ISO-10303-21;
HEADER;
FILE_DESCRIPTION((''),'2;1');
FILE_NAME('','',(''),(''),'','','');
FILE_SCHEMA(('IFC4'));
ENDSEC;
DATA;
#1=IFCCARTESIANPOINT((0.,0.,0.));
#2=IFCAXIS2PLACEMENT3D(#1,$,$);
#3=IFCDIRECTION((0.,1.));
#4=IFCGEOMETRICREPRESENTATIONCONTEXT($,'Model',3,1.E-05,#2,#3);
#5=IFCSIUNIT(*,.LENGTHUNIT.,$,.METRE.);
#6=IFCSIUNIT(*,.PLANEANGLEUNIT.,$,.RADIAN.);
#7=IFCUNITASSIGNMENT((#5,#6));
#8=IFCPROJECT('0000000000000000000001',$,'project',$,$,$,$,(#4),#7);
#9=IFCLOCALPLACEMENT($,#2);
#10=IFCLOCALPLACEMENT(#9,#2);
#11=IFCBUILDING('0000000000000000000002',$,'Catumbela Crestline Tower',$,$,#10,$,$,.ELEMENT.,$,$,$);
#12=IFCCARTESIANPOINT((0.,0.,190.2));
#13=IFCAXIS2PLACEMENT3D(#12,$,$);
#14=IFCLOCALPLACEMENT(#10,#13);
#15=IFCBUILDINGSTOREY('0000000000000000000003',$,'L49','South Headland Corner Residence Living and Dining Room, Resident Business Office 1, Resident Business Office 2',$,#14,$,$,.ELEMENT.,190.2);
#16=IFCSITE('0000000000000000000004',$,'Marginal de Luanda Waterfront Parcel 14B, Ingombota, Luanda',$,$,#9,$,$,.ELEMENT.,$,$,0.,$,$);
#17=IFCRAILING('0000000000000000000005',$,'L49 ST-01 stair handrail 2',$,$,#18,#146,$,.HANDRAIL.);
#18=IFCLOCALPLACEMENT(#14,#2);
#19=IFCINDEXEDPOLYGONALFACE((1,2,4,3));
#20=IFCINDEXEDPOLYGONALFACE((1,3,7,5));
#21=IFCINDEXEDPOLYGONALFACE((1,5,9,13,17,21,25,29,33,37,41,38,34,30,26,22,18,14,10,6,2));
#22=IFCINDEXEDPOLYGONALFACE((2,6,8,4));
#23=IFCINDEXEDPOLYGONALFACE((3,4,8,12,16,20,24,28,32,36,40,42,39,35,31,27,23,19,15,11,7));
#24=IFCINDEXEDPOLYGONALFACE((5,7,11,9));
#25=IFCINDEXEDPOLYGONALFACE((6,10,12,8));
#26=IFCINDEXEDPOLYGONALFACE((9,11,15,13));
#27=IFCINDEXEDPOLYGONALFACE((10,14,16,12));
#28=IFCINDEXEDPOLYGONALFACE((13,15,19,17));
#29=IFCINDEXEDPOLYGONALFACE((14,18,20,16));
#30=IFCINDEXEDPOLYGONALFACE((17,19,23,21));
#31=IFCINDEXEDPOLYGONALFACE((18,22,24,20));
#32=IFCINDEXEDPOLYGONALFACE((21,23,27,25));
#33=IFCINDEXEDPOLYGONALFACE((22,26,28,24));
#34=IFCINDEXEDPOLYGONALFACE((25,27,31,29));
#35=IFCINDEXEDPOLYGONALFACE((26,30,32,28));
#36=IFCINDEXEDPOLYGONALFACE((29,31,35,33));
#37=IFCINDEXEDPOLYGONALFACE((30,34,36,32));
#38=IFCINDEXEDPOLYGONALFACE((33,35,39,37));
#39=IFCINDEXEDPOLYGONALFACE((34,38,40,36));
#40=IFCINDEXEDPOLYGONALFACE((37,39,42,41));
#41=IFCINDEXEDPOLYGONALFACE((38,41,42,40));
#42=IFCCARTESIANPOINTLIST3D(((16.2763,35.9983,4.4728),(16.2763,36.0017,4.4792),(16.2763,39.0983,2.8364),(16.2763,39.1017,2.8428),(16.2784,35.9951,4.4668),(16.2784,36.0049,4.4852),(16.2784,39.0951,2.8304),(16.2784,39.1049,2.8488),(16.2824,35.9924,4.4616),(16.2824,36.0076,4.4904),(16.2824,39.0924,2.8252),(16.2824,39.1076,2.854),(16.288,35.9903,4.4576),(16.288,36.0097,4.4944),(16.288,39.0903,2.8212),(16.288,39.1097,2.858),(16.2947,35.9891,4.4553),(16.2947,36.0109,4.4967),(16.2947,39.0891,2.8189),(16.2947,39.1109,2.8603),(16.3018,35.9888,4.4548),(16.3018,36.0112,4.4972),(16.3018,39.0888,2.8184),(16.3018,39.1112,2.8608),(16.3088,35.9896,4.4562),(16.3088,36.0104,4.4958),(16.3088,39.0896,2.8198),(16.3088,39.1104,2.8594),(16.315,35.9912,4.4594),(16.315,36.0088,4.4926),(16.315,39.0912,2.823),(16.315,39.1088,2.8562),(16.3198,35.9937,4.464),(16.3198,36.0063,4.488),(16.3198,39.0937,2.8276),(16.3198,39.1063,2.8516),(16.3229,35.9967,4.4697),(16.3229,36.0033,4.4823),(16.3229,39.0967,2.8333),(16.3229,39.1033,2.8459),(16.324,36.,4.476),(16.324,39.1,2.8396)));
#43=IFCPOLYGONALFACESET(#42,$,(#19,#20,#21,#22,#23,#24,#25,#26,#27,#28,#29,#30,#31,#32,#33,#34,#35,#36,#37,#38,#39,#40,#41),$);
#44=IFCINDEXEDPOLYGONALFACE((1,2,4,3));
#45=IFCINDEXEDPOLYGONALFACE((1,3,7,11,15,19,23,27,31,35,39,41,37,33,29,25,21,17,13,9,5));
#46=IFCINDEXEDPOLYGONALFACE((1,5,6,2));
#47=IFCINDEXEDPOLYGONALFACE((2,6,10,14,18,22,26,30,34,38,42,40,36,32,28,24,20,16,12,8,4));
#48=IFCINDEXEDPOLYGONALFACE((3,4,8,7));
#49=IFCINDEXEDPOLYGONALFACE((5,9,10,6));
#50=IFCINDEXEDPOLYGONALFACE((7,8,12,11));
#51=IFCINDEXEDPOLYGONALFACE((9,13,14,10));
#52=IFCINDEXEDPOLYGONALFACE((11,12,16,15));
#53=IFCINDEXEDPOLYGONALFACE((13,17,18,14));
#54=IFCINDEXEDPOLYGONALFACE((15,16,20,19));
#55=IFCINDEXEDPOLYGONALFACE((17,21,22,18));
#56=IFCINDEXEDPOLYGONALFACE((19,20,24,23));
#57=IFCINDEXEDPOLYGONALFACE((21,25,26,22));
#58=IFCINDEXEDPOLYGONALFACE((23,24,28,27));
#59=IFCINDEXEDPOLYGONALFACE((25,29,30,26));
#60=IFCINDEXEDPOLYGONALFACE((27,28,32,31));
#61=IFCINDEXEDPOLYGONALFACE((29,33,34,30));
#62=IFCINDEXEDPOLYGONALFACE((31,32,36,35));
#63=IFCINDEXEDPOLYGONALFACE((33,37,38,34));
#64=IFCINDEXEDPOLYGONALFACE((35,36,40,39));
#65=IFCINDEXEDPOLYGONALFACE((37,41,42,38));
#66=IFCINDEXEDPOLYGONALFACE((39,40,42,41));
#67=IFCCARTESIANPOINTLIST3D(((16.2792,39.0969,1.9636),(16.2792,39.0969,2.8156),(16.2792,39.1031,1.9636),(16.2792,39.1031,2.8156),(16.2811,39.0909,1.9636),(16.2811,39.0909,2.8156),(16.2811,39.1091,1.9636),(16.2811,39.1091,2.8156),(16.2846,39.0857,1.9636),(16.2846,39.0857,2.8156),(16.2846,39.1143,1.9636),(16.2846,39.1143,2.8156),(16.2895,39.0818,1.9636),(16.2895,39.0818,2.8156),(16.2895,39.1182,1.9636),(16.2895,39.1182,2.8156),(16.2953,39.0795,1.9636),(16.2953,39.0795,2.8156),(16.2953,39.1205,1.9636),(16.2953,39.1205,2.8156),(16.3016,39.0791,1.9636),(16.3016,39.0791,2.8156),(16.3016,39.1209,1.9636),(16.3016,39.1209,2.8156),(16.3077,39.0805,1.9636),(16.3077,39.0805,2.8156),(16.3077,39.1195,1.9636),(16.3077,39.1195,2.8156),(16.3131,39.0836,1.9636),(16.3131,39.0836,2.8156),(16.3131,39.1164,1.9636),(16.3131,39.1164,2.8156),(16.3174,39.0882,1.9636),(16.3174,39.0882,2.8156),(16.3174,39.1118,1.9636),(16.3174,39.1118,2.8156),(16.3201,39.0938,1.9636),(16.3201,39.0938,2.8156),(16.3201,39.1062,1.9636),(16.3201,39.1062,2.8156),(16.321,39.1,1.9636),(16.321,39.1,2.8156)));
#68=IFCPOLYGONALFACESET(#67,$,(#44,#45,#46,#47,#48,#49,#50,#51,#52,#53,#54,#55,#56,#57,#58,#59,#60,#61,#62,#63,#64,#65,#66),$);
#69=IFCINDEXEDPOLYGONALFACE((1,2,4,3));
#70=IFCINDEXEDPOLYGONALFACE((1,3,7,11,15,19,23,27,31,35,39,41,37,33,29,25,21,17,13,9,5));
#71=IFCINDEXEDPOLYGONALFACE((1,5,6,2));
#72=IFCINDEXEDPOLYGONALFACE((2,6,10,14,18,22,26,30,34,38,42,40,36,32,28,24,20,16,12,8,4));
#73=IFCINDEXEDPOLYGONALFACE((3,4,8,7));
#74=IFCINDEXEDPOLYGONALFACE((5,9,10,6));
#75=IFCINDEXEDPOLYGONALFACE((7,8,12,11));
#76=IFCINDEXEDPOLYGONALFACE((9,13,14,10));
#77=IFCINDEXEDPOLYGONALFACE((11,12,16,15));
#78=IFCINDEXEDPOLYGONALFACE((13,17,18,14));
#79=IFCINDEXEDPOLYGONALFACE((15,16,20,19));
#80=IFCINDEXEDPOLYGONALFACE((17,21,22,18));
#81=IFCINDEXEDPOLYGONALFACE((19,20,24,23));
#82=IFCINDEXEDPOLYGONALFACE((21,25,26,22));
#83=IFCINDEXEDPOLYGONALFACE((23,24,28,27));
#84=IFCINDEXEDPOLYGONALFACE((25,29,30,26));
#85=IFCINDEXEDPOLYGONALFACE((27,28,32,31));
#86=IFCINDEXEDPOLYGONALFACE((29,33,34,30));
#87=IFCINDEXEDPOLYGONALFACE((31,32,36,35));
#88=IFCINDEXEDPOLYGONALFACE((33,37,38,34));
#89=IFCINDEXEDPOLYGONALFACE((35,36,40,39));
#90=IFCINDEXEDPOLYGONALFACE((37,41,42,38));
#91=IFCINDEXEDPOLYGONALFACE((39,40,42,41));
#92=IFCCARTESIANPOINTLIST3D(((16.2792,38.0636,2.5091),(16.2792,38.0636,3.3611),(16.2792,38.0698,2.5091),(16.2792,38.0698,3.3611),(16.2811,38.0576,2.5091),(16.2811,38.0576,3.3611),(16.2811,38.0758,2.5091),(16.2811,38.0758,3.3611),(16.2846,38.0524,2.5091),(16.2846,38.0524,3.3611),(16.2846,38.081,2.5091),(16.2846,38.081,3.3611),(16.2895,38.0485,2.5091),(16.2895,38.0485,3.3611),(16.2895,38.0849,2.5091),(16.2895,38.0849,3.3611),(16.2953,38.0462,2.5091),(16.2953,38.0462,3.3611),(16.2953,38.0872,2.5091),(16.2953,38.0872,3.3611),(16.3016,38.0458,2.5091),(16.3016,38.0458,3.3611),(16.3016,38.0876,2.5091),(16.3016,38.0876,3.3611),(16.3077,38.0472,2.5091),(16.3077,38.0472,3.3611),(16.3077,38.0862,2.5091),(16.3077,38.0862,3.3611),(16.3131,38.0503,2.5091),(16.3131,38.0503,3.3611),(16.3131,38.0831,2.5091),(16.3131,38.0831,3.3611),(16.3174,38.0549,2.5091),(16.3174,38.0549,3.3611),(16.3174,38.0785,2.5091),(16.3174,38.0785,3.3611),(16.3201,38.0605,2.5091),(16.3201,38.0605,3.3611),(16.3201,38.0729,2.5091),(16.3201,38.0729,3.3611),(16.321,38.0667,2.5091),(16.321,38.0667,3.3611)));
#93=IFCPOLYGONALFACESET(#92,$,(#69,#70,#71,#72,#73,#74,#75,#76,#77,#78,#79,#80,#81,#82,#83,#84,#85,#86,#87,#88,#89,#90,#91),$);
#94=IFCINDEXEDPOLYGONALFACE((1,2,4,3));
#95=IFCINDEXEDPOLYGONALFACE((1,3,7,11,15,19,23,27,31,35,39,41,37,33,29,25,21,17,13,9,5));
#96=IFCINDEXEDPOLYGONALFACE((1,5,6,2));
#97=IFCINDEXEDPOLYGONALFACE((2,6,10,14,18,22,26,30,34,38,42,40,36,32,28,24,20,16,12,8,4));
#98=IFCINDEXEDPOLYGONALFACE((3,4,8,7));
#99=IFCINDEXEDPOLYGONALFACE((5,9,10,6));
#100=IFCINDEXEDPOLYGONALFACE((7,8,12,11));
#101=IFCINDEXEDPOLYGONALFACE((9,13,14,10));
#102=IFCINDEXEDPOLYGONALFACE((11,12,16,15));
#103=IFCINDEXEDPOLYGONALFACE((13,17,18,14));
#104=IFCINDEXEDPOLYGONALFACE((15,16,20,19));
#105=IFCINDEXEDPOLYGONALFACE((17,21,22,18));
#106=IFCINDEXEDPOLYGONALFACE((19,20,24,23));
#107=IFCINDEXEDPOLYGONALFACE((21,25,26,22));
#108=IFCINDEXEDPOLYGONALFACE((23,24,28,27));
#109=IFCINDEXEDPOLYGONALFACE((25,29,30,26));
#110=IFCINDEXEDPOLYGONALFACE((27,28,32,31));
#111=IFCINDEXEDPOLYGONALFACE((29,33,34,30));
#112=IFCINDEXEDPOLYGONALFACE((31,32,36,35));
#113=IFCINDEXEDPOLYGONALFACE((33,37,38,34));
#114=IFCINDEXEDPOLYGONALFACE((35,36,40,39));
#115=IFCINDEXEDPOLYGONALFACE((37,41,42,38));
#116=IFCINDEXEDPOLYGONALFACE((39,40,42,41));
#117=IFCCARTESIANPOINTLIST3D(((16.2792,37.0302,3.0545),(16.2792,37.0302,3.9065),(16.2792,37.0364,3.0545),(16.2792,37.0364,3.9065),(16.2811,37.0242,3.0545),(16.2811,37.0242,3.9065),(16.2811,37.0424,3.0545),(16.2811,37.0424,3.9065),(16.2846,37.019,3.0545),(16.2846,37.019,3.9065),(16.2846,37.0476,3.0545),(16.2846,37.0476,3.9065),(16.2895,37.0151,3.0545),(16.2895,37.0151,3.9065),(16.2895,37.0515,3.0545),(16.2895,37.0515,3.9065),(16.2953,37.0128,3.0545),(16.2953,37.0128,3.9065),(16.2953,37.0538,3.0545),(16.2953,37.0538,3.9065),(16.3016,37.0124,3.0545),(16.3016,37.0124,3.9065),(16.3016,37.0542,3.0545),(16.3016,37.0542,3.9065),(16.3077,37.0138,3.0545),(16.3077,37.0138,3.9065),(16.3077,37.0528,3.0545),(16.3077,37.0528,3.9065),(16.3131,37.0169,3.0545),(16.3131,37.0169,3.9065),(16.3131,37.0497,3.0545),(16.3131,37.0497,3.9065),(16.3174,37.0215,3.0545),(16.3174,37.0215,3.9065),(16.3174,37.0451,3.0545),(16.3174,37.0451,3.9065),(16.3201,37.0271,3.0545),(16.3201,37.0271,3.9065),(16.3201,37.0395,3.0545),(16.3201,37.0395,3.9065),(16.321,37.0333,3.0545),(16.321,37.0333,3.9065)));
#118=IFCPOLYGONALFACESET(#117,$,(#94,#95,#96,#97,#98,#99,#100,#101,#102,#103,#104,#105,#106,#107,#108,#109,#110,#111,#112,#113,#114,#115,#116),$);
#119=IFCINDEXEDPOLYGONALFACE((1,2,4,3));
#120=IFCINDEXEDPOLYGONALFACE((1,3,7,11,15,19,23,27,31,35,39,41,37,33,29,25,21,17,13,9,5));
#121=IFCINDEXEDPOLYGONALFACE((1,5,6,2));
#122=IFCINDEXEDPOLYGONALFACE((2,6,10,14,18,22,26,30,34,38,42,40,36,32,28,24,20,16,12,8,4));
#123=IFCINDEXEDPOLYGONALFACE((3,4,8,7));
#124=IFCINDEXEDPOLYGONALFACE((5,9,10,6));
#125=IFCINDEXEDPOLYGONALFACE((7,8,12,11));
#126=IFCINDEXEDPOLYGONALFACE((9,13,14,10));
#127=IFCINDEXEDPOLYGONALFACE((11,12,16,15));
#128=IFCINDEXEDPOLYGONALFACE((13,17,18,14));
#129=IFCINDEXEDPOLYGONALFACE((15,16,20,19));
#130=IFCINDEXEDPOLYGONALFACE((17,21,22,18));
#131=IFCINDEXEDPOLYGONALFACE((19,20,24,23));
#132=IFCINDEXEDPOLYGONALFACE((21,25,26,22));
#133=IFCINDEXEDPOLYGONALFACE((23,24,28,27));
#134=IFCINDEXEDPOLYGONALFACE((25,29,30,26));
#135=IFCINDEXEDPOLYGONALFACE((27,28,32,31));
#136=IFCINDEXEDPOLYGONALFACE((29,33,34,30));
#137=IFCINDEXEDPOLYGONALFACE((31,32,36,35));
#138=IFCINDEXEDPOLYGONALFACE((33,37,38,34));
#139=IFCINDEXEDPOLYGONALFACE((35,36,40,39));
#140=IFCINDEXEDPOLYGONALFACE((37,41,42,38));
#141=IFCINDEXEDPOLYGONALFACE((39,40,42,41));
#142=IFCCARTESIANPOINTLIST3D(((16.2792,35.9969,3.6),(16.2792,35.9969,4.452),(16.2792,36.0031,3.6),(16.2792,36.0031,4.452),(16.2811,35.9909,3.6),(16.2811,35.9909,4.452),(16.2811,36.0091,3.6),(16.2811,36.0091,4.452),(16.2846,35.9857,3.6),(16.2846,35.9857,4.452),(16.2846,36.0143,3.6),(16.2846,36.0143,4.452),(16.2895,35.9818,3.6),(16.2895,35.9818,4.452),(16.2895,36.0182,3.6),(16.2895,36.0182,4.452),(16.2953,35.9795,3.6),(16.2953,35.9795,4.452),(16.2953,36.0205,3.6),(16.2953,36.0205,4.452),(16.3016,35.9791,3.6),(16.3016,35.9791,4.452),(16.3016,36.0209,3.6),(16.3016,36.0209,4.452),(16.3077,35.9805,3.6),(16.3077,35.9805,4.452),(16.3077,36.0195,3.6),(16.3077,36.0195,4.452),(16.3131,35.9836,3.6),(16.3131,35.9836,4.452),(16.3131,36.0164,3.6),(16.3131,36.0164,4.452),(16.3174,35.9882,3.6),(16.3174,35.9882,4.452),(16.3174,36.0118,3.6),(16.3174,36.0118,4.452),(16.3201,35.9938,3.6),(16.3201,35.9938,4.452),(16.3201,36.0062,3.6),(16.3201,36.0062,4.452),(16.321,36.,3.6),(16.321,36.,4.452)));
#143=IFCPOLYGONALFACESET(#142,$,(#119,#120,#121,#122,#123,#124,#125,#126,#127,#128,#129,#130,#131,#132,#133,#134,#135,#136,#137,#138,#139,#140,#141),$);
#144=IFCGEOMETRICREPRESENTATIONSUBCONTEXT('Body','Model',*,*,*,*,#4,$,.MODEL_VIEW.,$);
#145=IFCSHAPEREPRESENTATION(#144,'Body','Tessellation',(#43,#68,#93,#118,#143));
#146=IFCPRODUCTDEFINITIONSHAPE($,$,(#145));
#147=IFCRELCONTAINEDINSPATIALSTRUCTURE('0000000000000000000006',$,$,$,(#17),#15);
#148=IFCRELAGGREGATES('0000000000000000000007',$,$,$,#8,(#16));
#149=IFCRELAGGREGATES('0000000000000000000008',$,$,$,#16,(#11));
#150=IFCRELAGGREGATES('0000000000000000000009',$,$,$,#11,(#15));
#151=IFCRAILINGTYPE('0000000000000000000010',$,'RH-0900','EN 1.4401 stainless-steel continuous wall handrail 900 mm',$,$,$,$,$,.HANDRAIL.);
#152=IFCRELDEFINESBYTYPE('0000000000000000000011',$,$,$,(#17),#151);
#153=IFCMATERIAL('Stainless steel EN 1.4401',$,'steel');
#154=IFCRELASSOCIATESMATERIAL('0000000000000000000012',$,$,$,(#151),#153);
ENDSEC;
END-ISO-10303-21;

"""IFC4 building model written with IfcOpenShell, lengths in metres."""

from ifc_helpers import new_model, si_unit, direction, frame, origin, origin_2d, place, context, subcontext, project, spatial, circle, extrude, material, type_object, element, save


model = new_model("IFC4")

# Units and contexts
model_context = context("Model", 3, precision=1e-05, world=origin(), true_north=direction((0.0, 1.0)))
body_context = subcontext(model_context, "Body", "Model", "MODEL_VIEW")
ifc_project = project(units=[si_unit("LENGTHUNIT", "METRE"), si_unit("PLANEANGLEUNIT", "RADIAN")], contexts=[model_context])

# Site, building, storey
site_placement = place(None, origin())
site = spatial("IfcSite", under=ifc_project, at=site_placement, Name="Marginal de Luanda Waterfront Parcel 14B, Ingombota, Luanda", CompositionType="ELEMENT", RefElevation=0.0)
building_placement = place(site_placement, origin())
building = spatial("IfcBuilding", under=site, at=building_placement, Name="Catumbela Crestline Tower", CompositionType="ELEMENT")
storey_placement = place(building_placement, frame((0.0, 0.0, 190.2)))
storey = spatial("IfcBuildingStorey", under=building, at=storey_placement, Name="L49", Description="South Headland Corner Residence Living and Dining Room, Resident Business Office 1, Resident Business Office 2", CompositionType="ELEMENT", Elevation=190.2)

# Shared definitions
ifc_material_1 = material(Name="Stainless steel EN 1.4401", Category="steel")

# Railing
railing_type_1 = type_object("IfcRailingType", Name="RH-0900", Description="EN 1.4401 stainless-steel continuous wall handrail 900 mm", PredefinedType="HANDRAIL", material=ifc_material_1)
railing_1_placement = place(storey_placement, frame((16.3, 39.1, 1.9636)))
element("IfcRailing", 1, at=railing_1_placement, inside=storey, type_object=railing_type_1, Name="L49 ST-01 stair handrail 2", PredefinedType="HANDRAIL", context=body_context, shape_type="SweptSolid", body=[
    extrude(circle(Radius=0.024, at=origin_2d()), frame((0.0, 0.0, 0.876), z_axis=(0.0, -0.884351, 0.466823), x_axis=(1.0, 0.0, 0.0)), (0.0, 0.0, 1.0), 3.5054),
    extrude(circle(Radius=0.021, at=origin_2d()), origin(), (0.0, 0.0, 1.0), 0.852),
    extrude(circle(Radius=0.021, at=origin_2d()), frame((0.0, -1.0333, 0.5455)), (0.0, 0.0, 1.0), 0.852),
    extrude(circle(Radius=0.021, at=origin_2d()), frame((0.0, -2.0667, 1.0909)), (0.0, 0.0, 1.0), 0.852),
    extrude(circle(Radius=0.021, at=origin_2d()), frame((0.0, -3.1, 1.6364)), (0.0, 0.0, 1.0), 0.852),
])

save(model, "model.ifc")
